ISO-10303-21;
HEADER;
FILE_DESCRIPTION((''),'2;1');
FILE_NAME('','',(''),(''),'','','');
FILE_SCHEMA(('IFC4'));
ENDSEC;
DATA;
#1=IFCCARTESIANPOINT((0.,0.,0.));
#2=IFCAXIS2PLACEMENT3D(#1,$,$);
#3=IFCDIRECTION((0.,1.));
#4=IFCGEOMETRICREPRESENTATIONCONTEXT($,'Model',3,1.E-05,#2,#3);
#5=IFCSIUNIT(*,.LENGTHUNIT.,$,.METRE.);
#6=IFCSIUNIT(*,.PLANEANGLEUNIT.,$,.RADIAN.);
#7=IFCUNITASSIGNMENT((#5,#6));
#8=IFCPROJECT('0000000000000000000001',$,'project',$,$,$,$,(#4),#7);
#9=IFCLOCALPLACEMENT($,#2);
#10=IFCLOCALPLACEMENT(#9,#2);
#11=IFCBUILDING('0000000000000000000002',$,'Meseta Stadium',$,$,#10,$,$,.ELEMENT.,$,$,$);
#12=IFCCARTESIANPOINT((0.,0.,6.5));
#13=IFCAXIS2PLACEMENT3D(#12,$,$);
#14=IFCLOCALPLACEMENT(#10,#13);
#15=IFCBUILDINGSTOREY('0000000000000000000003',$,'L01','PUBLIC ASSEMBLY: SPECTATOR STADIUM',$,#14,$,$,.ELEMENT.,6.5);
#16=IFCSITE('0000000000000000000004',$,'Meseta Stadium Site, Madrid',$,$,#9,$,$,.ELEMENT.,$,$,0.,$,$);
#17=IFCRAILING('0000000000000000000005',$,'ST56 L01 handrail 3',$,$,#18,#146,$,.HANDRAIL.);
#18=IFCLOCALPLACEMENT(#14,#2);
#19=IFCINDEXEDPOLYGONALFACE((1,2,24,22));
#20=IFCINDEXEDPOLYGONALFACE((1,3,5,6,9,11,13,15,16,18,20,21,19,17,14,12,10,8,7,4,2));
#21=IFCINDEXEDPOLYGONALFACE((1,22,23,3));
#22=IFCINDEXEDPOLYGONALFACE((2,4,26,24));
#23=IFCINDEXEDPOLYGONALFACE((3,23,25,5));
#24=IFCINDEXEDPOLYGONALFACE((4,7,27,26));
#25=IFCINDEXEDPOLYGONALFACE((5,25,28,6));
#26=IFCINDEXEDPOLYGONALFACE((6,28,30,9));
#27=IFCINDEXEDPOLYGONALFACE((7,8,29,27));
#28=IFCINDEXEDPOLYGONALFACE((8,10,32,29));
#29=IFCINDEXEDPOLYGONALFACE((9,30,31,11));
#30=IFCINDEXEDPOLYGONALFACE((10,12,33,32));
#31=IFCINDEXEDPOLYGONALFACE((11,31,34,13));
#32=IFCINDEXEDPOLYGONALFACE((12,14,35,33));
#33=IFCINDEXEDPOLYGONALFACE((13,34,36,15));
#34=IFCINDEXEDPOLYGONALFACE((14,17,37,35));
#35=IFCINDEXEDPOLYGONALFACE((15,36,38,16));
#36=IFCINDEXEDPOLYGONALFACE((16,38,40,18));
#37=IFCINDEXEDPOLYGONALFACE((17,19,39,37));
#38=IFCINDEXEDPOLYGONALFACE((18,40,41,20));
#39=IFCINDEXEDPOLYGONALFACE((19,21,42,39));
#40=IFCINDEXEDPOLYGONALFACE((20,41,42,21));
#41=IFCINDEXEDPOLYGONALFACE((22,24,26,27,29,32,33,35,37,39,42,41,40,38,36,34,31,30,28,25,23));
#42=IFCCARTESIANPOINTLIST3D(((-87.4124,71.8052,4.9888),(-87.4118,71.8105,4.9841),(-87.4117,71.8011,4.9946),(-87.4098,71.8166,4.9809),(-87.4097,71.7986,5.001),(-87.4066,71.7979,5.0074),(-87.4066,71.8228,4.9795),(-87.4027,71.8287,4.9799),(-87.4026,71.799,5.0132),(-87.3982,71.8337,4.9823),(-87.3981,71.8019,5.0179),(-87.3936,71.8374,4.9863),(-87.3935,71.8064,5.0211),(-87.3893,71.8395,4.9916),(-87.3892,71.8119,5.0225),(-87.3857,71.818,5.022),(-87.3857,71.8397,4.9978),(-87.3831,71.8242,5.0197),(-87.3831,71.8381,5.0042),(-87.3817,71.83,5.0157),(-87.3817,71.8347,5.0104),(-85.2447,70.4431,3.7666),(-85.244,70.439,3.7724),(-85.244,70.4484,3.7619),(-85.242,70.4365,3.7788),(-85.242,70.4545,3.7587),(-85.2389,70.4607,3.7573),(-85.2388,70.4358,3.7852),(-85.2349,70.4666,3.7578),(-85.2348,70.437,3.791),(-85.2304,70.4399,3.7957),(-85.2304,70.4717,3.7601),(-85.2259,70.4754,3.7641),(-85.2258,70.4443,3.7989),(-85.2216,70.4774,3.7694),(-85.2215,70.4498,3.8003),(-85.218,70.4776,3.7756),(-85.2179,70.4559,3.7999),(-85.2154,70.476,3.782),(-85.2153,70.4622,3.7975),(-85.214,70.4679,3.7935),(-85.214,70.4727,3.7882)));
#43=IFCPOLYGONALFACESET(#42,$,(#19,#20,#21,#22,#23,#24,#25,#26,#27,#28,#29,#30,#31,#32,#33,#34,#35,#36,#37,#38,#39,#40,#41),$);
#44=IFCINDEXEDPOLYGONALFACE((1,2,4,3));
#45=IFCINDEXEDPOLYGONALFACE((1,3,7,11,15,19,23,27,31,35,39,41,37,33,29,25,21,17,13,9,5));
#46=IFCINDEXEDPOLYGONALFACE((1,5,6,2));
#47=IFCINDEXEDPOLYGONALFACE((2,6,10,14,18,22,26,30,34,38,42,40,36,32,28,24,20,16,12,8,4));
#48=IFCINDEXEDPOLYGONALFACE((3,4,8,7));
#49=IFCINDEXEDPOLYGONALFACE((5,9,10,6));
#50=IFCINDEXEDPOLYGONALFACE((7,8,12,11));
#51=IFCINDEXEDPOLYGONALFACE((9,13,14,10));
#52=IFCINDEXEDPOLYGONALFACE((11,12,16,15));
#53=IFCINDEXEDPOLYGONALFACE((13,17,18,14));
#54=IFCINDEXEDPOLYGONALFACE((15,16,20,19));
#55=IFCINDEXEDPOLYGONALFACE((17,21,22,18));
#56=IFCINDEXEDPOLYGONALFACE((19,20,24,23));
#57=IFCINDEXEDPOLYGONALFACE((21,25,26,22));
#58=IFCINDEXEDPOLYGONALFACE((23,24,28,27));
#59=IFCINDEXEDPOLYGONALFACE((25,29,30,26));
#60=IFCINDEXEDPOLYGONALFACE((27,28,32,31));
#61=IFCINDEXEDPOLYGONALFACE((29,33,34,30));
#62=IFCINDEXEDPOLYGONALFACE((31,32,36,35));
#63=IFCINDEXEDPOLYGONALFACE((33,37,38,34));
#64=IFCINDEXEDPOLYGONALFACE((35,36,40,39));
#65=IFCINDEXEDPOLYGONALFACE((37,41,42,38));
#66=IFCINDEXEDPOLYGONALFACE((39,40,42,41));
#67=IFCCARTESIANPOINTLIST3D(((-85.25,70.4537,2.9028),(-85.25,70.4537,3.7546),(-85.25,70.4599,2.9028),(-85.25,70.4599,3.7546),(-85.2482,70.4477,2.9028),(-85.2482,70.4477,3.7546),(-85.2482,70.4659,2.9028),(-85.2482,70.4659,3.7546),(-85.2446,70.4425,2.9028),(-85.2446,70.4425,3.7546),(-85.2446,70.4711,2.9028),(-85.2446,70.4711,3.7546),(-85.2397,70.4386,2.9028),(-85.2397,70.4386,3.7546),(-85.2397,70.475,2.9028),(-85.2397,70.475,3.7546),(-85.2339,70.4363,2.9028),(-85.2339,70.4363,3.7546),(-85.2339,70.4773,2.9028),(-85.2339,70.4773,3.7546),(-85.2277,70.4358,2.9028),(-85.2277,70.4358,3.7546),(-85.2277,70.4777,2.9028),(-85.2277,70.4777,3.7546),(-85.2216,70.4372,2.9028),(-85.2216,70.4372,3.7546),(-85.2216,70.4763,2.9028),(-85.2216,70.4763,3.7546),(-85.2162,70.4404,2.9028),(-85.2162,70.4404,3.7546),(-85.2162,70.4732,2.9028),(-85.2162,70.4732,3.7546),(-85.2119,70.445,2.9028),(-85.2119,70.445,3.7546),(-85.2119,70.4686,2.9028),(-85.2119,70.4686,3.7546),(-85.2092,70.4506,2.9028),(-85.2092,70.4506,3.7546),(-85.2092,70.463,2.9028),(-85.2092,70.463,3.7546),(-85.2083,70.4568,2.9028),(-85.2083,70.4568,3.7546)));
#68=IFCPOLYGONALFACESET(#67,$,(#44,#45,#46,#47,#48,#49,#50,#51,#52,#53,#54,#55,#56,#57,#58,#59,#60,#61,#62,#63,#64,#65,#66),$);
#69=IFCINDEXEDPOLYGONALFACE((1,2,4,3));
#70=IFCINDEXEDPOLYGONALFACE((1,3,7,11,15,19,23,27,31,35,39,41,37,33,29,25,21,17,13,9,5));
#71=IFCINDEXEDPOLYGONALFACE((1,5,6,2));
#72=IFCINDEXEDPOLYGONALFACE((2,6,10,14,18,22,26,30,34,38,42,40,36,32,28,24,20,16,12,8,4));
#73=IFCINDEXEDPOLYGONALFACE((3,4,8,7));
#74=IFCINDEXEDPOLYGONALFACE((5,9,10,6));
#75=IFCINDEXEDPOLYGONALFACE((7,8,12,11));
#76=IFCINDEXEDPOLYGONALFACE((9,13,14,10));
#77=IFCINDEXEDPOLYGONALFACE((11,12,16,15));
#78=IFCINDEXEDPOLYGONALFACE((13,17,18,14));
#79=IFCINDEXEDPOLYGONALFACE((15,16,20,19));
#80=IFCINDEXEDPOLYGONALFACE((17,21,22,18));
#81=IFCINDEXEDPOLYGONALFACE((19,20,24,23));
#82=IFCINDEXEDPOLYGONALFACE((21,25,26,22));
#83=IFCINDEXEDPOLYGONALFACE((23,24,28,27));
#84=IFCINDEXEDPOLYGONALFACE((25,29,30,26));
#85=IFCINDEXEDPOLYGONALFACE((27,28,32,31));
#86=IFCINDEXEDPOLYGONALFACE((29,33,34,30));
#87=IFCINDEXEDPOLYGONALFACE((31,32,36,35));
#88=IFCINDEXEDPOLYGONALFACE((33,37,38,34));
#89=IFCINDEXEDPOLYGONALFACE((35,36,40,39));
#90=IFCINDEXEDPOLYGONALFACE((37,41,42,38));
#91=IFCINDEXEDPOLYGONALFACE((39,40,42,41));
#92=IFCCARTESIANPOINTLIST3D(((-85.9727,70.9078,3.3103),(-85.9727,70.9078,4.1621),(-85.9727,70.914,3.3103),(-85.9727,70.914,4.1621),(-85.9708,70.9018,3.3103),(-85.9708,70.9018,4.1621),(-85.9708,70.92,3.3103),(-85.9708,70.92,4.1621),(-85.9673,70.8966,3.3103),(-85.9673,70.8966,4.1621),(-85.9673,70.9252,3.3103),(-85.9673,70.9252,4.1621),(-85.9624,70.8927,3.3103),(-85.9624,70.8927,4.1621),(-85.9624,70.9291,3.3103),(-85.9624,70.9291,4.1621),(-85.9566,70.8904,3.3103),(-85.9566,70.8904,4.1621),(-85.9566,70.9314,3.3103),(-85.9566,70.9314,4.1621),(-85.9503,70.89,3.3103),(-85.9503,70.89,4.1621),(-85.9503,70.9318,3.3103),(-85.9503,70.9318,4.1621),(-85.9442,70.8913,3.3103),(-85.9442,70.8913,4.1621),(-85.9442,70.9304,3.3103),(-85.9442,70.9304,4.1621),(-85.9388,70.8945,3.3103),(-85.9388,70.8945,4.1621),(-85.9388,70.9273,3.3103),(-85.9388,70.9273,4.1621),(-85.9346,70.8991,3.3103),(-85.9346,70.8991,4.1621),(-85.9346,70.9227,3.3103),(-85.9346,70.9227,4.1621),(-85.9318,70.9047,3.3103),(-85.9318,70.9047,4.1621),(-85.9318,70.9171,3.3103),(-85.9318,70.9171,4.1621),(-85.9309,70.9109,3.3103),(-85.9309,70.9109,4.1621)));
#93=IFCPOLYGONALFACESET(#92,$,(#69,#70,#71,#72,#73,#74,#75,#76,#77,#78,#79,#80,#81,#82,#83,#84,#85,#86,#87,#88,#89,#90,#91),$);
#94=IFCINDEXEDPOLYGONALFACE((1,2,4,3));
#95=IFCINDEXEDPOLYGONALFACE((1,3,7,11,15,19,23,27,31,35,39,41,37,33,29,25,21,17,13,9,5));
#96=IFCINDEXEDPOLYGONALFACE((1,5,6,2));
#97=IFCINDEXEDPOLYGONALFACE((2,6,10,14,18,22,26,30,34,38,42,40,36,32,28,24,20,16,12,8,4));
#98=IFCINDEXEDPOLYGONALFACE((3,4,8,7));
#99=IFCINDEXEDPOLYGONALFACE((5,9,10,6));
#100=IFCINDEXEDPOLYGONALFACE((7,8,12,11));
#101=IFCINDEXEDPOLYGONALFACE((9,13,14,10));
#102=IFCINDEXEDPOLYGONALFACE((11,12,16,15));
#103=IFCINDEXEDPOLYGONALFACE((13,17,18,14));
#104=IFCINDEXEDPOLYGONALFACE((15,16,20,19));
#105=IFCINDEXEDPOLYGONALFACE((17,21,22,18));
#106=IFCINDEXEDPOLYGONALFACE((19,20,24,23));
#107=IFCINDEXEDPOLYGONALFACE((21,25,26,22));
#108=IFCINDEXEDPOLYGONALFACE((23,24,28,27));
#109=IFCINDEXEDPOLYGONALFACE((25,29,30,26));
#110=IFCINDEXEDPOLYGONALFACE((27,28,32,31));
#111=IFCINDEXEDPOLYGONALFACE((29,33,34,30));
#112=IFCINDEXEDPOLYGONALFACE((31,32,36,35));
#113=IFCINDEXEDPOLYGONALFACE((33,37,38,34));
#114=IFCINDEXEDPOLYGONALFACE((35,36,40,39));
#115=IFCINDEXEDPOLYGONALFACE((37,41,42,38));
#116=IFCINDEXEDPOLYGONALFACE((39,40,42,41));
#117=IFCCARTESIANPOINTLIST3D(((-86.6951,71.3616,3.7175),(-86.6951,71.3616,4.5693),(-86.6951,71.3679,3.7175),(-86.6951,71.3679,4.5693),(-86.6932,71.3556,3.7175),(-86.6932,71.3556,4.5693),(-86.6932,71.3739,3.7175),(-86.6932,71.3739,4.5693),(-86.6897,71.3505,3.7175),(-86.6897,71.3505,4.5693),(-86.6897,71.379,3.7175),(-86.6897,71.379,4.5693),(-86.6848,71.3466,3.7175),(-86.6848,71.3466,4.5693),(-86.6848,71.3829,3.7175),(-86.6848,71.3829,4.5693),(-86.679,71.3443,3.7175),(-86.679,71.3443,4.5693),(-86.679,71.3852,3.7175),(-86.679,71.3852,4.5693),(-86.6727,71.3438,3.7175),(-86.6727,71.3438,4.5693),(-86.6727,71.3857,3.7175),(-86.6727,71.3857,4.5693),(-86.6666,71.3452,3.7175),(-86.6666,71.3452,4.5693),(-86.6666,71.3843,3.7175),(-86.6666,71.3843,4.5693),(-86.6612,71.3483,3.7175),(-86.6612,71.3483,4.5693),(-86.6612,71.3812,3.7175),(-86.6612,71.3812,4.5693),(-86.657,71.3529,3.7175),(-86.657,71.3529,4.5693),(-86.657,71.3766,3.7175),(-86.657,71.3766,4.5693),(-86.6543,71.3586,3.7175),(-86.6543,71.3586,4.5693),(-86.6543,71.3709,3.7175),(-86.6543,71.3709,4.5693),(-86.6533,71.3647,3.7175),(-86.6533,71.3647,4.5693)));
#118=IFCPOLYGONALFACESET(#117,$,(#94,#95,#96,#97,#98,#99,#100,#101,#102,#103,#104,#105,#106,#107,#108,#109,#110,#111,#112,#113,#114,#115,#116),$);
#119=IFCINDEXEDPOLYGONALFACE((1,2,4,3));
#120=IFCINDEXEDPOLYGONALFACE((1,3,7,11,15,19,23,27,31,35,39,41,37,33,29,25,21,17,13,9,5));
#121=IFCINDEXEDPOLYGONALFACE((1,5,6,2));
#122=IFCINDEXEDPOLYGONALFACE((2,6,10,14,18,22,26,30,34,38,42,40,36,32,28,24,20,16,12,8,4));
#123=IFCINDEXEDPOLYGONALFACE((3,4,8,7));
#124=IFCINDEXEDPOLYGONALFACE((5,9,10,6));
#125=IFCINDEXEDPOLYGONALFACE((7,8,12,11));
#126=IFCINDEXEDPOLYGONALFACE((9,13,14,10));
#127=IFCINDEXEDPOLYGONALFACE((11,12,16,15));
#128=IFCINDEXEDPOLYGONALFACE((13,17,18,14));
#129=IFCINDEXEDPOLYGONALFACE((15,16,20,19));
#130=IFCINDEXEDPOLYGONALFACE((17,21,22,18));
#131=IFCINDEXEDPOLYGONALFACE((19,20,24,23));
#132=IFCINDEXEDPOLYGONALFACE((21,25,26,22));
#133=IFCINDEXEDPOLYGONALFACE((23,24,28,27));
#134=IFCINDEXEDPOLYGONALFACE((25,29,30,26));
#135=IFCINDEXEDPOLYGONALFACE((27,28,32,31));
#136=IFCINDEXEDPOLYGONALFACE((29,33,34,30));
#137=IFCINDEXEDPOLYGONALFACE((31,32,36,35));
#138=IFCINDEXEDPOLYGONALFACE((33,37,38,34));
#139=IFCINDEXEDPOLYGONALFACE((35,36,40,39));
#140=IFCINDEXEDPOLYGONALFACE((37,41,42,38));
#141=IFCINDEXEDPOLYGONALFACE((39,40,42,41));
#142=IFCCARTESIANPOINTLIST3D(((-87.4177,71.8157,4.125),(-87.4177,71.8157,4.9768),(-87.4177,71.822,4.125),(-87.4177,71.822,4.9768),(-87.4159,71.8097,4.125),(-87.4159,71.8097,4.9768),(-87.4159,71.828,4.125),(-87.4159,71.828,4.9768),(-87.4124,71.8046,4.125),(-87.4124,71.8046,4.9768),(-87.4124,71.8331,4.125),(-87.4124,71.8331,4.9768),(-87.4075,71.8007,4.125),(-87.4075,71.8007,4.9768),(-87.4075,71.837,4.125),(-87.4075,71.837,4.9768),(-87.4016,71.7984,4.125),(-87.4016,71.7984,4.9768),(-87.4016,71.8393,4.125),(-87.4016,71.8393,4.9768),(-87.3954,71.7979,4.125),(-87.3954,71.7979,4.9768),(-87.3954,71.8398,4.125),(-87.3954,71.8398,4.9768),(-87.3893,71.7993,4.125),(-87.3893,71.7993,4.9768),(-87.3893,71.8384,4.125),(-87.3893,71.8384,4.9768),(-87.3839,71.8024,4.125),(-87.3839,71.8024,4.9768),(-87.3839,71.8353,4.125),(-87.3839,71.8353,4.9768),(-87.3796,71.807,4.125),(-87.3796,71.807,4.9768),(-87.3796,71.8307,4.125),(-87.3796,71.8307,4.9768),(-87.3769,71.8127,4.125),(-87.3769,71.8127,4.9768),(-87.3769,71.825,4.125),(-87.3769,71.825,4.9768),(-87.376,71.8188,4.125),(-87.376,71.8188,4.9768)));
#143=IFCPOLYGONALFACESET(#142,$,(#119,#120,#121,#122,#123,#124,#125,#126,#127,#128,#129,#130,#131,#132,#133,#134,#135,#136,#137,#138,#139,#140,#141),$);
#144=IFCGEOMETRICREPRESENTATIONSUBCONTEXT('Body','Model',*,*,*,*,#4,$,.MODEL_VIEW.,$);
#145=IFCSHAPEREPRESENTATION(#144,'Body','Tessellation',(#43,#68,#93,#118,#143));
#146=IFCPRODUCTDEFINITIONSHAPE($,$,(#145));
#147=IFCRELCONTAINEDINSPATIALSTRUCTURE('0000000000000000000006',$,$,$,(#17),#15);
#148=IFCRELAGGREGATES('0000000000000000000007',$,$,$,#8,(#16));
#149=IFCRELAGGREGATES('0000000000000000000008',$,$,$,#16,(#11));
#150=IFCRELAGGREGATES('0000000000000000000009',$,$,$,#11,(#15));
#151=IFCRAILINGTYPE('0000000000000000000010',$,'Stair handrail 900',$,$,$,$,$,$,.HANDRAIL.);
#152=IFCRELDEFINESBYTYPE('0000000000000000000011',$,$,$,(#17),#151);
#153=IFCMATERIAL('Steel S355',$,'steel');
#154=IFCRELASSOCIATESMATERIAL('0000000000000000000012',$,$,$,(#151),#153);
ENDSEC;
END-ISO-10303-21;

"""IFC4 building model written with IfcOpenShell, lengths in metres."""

from ifc_helpers import new_model, si_unit, direction, frame, origin, origin_2d, place, context, subcontext, project, spatial, circle, extrude, material, type_object, element, save


model = new_model("IFC4")

# Units and contexts
model_context = context("Model", 3, precision=1e-05, world=origin(), true_north=direction((0.0, 1.0)))
body_context = subcontext(model_context, "Body", "Model", "MODEL_VIEW")
ifc_project = project(units=[si_unit("LENGTHUNIT", "METRE"), si_unit("PLANEANGLEUNIT", "RADIAN")], contexts=[model_context])

# Site, building, storey
site_placement = place(None, origin())
site = spatial("IfcSite", under=ifc_project, at=site_placement, Name="Meseta Stadium Site, Madrid", CompositionType="ELEMENT", RefElevation=0.0)
building_placement = place(site_placement, origin())
building = spatial("IfcBuilding", under=site, at=building_placement, Name="Meseta Stadium", CompositionType="ELEMENT")
storey_placement = place(building_placement, frame((0.0, 0.0, 6.5)))
storey = spatial("IfcBuildingStorey", under=building, at=storey_placement, Name="L01", Description="PUBLIC ASSEMBLY: SPECTATOR STADIUM", CompositionType="ELEMENT", Elevation=6.5)

# Railing
ifc_material_1 = material(Name="Steel S355", Category="steel")
railing_type_1 = type_object("IfcRailingType", Name="Stair handrail 900", PredefinedType="HANDRAIL", material=ifc_material_1)
for number, where, name in (
    (1, (-85.2292, 70.4568, 2.9028), "ST56 L01 handrail 3"),
):
    element("IfcRailing", number, at=place(storey_placement, frame(where)), inside=storey, type_object=railing_type_1, Name=name, PredefinedType="HANDRAIL", context=body_context, shape_type="SweptSolid", body=[
        extrude(circle(Radius=0.0239, at=origin_2d()), frame((0.0, 0.0, 0.876), z_axis=(-0.764121, 0.480125, 0.430813), x_axis=(-0.532029, -0.846726, 0.0)), (0.0, 0.0, 1.0), 2.8369),
        extrude(circle(Radius=0.021, at=origin_2d()), origin(), (0.0, 0.0, 1.0), 0.8518),
        extrude(circle(Radius=0.021, at=origin_2d()), frame((-0.7227, 0.4541, 0.4075)), (0.0, 0.0, 1.0), 0.8518),
        extrude(circle(Radius=0.021, at=origin_2d()), frame((-1.4451, 0.908, 0.8147)), (0.0, 0.0, 1.0), 0.8518),
        extrude(circle(Radius=0.021, at=origin_2d()), frame((-2.1677, 1.3621, 1.2222)), (0.0, 0.0, 1.0), 0.8518),
    ])

save(model, "model.ifc")
